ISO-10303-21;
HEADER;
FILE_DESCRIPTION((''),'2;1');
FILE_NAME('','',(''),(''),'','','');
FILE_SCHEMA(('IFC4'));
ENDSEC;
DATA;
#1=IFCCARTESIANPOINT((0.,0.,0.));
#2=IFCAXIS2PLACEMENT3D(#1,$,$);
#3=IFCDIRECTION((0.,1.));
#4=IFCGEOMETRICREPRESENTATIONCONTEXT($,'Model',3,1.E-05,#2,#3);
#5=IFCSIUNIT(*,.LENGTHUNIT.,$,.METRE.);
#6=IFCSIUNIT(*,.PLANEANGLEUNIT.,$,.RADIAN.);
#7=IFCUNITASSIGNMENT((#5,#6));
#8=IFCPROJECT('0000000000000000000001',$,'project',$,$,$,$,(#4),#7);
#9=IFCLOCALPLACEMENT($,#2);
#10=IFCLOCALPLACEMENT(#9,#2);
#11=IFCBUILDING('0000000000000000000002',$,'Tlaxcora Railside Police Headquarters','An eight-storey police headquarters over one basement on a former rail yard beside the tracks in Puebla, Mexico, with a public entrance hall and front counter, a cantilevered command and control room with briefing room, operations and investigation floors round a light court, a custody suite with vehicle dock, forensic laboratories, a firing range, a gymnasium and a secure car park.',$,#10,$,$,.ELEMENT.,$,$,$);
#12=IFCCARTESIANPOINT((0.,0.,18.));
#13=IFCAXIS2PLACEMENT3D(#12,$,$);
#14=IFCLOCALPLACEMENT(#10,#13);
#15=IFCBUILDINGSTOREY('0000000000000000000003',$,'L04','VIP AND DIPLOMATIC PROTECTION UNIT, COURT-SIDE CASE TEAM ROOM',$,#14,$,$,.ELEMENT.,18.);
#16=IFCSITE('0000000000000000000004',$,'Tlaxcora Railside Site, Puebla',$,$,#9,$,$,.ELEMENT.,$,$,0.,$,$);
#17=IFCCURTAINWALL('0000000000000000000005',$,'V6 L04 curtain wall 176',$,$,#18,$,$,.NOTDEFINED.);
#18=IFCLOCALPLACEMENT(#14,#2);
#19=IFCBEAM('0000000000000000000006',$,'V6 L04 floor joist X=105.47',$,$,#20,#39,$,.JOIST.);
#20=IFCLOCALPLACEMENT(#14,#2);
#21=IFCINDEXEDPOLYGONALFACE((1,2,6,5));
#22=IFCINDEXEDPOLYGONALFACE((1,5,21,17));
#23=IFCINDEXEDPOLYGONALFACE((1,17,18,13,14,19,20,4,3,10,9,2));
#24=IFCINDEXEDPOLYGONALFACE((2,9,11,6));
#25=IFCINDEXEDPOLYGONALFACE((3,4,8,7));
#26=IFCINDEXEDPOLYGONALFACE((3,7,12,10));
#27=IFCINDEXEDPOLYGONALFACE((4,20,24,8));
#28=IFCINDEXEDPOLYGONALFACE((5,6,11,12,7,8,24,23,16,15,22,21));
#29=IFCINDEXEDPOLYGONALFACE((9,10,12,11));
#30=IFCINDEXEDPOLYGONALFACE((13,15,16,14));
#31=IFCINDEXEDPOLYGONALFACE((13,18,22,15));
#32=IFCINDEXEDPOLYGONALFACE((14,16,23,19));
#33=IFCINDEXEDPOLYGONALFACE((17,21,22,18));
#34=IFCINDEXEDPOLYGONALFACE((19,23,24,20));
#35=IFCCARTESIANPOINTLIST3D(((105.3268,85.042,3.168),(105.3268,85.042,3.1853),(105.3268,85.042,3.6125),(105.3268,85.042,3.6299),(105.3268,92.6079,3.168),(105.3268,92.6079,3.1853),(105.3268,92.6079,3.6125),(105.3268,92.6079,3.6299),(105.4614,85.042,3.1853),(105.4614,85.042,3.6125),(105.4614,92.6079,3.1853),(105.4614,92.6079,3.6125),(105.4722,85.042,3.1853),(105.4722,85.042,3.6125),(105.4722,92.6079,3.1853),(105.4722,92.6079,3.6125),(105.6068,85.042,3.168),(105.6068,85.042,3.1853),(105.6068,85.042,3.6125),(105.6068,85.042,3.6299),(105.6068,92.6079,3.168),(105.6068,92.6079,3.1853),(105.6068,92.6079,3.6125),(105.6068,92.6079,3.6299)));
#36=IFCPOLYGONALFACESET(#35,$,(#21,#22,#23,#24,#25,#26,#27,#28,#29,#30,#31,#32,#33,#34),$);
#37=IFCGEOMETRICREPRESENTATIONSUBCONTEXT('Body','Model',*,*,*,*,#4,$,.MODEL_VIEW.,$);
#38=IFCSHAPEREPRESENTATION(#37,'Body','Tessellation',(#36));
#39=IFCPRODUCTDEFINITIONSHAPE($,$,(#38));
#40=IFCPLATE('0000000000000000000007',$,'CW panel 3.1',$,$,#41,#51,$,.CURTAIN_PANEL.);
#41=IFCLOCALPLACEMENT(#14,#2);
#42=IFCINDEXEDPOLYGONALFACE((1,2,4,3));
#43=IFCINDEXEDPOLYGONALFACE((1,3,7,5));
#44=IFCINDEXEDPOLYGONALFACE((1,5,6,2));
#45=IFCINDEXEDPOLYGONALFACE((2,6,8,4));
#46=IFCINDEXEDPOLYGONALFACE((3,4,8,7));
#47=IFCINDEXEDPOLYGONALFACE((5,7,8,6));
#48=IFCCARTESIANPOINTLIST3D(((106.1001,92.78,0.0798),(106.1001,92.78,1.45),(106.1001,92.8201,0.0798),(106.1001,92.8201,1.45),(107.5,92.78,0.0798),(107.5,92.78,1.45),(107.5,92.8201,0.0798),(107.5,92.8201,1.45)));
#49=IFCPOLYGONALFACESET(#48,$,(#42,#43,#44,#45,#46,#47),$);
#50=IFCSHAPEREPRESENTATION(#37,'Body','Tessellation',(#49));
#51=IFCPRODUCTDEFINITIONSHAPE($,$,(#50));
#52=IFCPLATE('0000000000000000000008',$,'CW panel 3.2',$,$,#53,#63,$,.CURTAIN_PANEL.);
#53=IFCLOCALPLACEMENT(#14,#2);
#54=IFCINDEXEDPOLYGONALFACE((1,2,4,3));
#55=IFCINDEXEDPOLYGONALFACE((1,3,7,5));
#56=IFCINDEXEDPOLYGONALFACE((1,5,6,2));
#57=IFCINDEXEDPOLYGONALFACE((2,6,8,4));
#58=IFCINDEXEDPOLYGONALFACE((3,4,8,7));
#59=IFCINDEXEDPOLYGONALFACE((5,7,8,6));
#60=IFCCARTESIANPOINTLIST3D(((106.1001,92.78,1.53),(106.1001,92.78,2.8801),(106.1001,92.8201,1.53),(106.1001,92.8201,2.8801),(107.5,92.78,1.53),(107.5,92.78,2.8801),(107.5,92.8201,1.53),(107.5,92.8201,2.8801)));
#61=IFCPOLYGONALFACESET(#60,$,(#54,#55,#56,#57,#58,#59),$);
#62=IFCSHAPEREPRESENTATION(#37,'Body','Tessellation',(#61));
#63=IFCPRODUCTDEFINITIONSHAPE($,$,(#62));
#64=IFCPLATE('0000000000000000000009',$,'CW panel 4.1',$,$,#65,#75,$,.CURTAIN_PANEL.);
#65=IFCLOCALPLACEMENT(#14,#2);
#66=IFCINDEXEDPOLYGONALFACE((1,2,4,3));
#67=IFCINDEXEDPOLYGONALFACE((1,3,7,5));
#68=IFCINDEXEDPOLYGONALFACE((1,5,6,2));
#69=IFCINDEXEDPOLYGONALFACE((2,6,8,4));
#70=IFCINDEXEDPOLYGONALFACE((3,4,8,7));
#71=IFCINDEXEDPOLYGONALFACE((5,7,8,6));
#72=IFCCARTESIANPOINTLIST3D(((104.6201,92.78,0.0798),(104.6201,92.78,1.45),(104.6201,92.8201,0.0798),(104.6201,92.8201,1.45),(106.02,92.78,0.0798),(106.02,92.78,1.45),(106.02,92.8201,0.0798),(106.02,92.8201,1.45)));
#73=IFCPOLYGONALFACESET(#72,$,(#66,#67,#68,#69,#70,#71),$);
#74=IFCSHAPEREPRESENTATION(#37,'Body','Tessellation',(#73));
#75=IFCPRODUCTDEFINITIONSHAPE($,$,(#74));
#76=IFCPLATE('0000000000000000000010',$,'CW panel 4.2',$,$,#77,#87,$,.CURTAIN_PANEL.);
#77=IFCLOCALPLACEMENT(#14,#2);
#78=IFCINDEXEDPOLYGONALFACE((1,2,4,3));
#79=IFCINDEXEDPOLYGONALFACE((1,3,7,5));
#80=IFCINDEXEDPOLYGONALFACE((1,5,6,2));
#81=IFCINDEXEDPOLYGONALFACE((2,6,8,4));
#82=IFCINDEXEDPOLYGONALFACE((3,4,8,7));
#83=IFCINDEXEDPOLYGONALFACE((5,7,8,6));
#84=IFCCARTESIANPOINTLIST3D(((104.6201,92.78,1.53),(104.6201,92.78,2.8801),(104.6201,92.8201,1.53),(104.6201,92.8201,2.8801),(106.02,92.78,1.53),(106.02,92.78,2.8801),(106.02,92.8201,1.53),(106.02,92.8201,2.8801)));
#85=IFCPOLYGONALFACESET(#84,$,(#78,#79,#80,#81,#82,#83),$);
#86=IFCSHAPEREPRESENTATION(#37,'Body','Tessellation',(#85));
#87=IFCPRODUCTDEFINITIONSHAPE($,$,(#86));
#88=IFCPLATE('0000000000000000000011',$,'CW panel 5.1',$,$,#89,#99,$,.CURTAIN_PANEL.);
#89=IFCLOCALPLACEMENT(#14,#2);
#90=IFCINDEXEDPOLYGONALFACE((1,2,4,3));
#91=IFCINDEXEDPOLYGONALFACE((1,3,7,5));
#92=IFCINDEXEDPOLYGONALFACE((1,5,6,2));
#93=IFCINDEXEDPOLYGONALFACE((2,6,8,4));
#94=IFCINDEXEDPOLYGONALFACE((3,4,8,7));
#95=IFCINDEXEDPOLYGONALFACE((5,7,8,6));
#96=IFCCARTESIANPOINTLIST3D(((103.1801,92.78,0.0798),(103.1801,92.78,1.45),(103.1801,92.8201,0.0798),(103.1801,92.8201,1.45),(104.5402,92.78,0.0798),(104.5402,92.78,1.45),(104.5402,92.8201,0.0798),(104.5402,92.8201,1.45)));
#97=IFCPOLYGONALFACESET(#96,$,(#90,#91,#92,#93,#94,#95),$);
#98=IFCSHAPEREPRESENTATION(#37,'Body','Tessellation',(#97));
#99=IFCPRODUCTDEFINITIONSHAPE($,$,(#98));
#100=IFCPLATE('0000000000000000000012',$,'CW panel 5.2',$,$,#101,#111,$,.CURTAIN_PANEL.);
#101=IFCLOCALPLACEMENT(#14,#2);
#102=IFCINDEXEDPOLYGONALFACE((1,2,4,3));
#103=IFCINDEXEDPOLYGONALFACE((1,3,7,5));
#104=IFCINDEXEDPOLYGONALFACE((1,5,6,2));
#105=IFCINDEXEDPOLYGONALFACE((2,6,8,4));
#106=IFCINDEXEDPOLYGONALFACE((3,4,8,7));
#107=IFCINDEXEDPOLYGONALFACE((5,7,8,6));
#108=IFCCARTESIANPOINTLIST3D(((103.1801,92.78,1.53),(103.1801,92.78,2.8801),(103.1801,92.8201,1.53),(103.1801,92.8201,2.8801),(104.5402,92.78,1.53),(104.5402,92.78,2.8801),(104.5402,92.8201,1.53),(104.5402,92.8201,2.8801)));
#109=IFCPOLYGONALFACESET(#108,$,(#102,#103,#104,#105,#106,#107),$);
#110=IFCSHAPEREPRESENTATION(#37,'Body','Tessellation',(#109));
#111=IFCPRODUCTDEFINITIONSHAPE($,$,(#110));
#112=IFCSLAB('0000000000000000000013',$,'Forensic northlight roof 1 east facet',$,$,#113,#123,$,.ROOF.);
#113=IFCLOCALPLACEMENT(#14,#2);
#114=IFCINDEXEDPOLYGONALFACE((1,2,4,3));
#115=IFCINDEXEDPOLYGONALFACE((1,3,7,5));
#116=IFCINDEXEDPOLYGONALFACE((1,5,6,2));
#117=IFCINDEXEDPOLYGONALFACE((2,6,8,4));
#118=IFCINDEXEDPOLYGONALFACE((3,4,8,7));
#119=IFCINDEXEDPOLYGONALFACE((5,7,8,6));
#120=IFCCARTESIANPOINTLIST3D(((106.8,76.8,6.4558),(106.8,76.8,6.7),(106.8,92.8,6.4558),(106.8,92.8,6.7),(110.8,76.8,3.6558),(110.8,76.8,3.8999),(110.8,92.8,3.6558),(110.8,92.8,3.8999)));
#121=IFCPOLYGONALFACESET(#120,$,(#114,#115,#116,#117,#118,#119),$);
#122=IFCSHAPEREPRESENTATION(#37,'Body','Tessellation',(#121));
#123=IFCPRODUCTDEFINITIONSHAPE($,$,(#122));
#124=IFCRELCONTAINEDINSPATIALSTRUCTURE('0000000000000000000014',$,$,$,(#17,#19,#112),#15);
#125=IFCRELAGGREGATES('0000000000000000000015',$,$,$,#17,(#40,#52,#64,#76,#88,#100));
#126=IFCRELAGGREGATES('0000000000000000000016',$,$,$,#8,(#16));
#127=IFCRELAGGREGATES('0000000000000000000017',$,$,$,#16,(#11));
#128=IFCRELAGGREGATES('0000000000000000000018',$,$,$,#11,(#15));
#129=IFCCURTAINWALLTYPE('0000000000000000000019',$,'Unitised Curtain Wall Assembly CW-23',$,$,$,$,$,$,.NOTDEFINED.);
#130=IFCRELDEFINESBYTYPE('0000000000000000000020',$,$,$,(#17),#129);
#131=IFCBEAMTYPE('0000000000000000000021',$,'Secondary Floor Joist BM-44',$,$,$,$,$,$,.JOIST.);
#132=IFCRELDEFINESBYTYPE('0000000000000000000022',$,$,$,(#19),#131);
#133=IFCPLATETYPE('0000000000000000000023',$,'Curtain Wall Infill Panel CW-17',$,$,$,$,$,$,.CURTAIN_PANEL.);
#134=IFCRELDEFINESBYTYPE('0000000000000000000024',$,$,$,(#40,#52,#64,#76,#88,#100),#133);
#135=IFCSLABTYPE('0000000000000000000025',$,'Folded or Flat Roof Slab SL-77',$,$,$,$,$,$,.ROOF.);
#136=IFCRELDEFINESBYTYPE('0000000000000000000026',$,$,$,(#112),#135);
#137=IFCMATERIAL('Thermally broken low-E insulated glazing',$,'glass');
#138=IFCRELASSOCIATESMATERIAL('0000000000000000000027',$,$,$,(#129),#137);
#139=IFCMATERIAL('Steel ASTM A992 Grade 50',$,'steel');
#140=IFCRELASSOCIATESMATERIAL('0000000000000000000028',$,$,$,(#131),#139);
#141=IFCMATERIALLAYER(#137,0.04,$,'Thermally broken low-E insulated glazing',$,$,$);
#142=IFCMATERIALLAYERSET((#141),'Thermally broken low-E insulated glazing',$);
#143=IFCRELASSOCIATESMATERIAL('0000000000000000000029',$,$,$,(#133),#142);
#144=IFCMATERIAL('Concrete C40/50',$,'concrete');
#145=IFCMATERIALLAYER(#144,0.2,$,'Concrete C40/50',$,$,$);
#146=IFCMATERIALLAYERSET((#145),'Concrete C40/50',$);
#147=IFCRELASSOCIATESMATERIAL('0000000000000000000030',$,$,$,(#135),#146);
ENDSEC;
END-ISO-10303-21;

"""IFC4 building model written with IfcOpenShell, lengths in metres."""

from ifc_helpers import new_model, si_unit, direction, frame, origin, origin_2d, place, context, subcontext, project, spatial, polyline, rectangle, i_section, outline, extrude, material, layer, layer_set, material_profile, profile_set, type_object, element, aggregate, save


model = new_model("IFC4")

# Units and contexts
model_context = context("Model", 3, precision=1e-05, world=origin(), true_north=direction((0.0, 1.0)))
body_context = subcontext(model_context, "Body", "Model", "MODEL_VIEW")
ifc_project = project(units=[si_unit("LENGTHUNIT", "METRE"), si_unit("PLANEANGLEUNIT", "RADIAN")], contexts=[model_context])

# Site, building, storey
site_placement = place(None, origin())
site = spatial("IfcSite", under=ifc_project, at=site_placement, Name="Tlaxcora Railside Site, Puebla", CompositionType="ELEMENT", RefElevation=0.0)
building_placement = place(site_placement, origin())
building = spatial("IfcBuilding", under=site, at=building_placement, Name="Tlaxcora Railside Police Headquarters", Description="An eight-storey police headquarters over one basement on a former rail yard beside the tracks in Puebla, Mexico, with a public entrance hall and front counter, a cantilevered command and control room with briefing room, operations and investigation floors round a light court, a custody suite with vehicle dock, forensic laboratories, a firing range, a gymnasium and a secure car park.", CompositionType="ELEMENT")
storey_placement = place(building_placement, frame((0.0, 0.0, 18.0)))
storey = spatial("IfcBuildingStorey", under=building, at=storey_placement, Name="L04", Description="VIP AND DIPLOMATIC PROTECTION UNIT, COURT-SIDE CASE TEAM ROOM", CompositionType="ELEMENT", Elevation=18.0)

# Curtain wall
ifc_material_1 = material(Name="Thermally broken low-E insulated glazing", Category="glass")
curtain_wall_type = type_object("IfcCurtainWallType", Name="Unitised Curtain Wall Assembly CW-23", PredefinedType="NOTDEFINED", material=ifc_material_1)
curtain_wall_placement = place(storey_placement, origin())
curtain_wall = element("IfcCurtainWall", 1, at=curtain_wall_placement, inside=storey, type_object=curtain_wall_type, Name="V6 L04 curtain wall 176", PredefinedType="NOTDEFINED")

# Beam
ifc_material_2 = material(Name="Steel ASTM A992 Grade 50", Category="steel")
ifc_material_profile_1 = material_profile(ifc_material_2, i_section(OverallWidth=0.28, OverallDepth=0.4619, WebThickness=0.0107, FlangeThickness=0.0173, at=origin_2d()), Name="W18X76")
ifc_profile_set_1 = profile_set([ifc_material_profile_1], Name="Steel ASTM A992 Grade 50")
beam_type = type_object("IfcBeamType", Name="Secondary Floor Joist BM-44", PredefinedType="JOIST", material=ifc_profile_set_1)
beam_1_placement = place(storey_placement, frame((105.4668, 85.042, 3.3989), z_axis=(0.0, 1.0, 0.0), x_axis=(-1.0, 0.0, 0.0)))
element("IfcBeam", 2, at=beam_1_placement, inside=storey, type_object=beam_type, Name="V6 L04 floor joist X=105.47", PredefinedType="JOIST", context=body_context, shape_type="SweptSolid", body=[
    extrude(i_section(OverallWidth=0.28, OverallDepth=0.4619, WebThickness=0.0107, FlangeThickness=0.0173, at=origin_2d()), origin(), (0.0, 0.0, 1.0), 7.5659),
])

# Plates
ifc_layer_1 = layer(ifc_material_1, 0.04, Name="Thermally broken low-E insulated glazing")
ifc_layer_set_1 = layer_set([ifc_layer_1], Name="Thermally broken low-E insulated glazing")
plate_type = type_object("IfcPlateType", Name="Curtain Wall Infill Panel CW-17", PredefinedType="CURTAIN_PANEL", material=ifc_layer_set_1)
plate_1_placement = place(storey_placement, frame((106.8, 92.8, 0.0798), z_axis=(0.0, 0.0, 1.0), x_axis=(-1.0, 0.0, 0.0)))
plate_1 = element("IfcPlate", 3, at=plate_1_placement, type_object=plate_type, Name="CW panel 3.1", PredefinedType="CURTAIN_PANEL", context=body_context, shape_type="SweptSolid", body=[
    extrude(rectangle(XDim=1.3999, YDim=0.04, at=origin_2d()), origin(), (0.0, 0.0, 1.0), 1.3701),
])
plate_2_placement = place(storey_placement, frame((106.8, 92.8, 1.53), z_axis=(0.0, 0.0, 1.0), x_axis=(-1.0, 0.0, 0.0)))
plate_2 = element("IfcPlate", 4, at=plate_2_placement, type_object=plate_type, Name="CW panel 3.2", PredefinedType="CURTAIN_PANEL", context=body_context, shape_type="SweptSolid", body=[
    extrude(rectangle(XDim=1.3999, YDim=0.04, at=origin_2d()), origin(), (0.0, 0.0, 1.0), 1.3501),
])
plate_3_placement = place(storey_placement, frame((105.3201, 92.8, 0.0798), z_axis=(0.0, 0.0, 1.0), x_axis=(-1.0, 0.0, 0.0)))
plate_3 = element("IfcPlate", 5, at=plate_3_placement, type_object=plate_type, Name="CW panel 4.1", PredefinedType="CURTAIN_PANEL", context=body_context, shape_type="SweptSolid", body=[
    extrude(rectangle(XDim=1.3999, YDim=0.04, at=origin_2d()), origin(), (0.0, 0.0, 1.0), 1.3701),
])
plate_4_placement = place(storey_placement, frame((105.3201, 92.8, 1.53), z_axis=(0.0, 0.0, 1.0), x_axis=(-1.0, 0.0, 0.0)))
plate_4 = element("IfcPlate", 6, at=plate_4_placement, type_object=plate_type, Name="CW panel 4.2", PredefinedType="CURTAIN_PANEL", context=body_context, shape_type="SweptSolid", body=[
    extrude(rectangle(XDim=1.3999, YDim=0.04, at=origin_2d()), origin(), (0.0, 0.0, 1.0), 1.3501),
])
plate_5_placement = place(storey_placement, frame((103.8601, 92.8, 0.0798), z_axis=(0.0, 0.0, 1.0), x_axis=(-1.0, 0.0, 0.0)))
plate_5 = element("IfcPlate", 7, at=plate_5_placement, type_object=plate_type, Name="CW panel 5.1", PredefinedType="CURTAIN_PANEL", context=body_context, shape_type="SweptSolid", body=[
    extrude(rectangle(XDim=1.3601, YDim=0.04, at=origin_2d()), origin(), (0.0, 0.0, 1.0), 1.3701),
])
plate_6_placement = place(storey_placement, frame((103.8601, 92.8, 1.53), z_axis=(0.0, 0.0, 1.0), x_axis=(-1.0, 0.0, 0.0)))
plate_6 = element("IfcPlate", 8, at=plate_6_placement, type_object=plate_type, Name="CW panel 5.2", PredefinedType="CURTAIN_PANEL", context=body_context, shape_type="SweptSolid", body=[
    extrude(rectangle(XDim=1.3601, YDim=0.04, at=origin_2d()), origin(), (0.0, 0.0, 1.0), 1.3501),
])
aggregate(curtain_wall, [plate_1, plate_2, plate_3, plate_4, plate_5, plate_6])

# Slab
ifc_material_3 = material(Name="Concrete C40/50", Category="concrete")
ifc_layer_2 = layer(ifc_material_3, 0.2, Name="Concrete C40/50")
ifc_layer_set_2 = layer_set([ifc_layer_2], Name="Concrete C40/50")
slab_type = type_object("IfcSlabType", Name="Folded or Flat Roof Slab SL-77", PredefinedType="ROOF", material=ifc_layer_set_2)
slab_placement = place(storey_placement, frame((106.8, 92.8, 0.0), z_axis=(0.0, -1.0, 0.0), x_axis=(1.0, 0.0, 0.0)))
element("IfcSlab", 9, at=slab_placement, inside=storey, type_object=slab_type, Name="Forensic northlight roof 1 east facet", PredefinedType="ROOF", context=body_context, shape_type="SweptSolid", body=[
    extrude(outline(polyline([(0.0, 6.4558), (4.0, 3.6558), (4.0, 3.8999), (0.0, 6.7), (0.0, 6.4558)])), origin(), (0.0, 0.0, 1.0), 16.0),
])

save(model, "model.ifc")
